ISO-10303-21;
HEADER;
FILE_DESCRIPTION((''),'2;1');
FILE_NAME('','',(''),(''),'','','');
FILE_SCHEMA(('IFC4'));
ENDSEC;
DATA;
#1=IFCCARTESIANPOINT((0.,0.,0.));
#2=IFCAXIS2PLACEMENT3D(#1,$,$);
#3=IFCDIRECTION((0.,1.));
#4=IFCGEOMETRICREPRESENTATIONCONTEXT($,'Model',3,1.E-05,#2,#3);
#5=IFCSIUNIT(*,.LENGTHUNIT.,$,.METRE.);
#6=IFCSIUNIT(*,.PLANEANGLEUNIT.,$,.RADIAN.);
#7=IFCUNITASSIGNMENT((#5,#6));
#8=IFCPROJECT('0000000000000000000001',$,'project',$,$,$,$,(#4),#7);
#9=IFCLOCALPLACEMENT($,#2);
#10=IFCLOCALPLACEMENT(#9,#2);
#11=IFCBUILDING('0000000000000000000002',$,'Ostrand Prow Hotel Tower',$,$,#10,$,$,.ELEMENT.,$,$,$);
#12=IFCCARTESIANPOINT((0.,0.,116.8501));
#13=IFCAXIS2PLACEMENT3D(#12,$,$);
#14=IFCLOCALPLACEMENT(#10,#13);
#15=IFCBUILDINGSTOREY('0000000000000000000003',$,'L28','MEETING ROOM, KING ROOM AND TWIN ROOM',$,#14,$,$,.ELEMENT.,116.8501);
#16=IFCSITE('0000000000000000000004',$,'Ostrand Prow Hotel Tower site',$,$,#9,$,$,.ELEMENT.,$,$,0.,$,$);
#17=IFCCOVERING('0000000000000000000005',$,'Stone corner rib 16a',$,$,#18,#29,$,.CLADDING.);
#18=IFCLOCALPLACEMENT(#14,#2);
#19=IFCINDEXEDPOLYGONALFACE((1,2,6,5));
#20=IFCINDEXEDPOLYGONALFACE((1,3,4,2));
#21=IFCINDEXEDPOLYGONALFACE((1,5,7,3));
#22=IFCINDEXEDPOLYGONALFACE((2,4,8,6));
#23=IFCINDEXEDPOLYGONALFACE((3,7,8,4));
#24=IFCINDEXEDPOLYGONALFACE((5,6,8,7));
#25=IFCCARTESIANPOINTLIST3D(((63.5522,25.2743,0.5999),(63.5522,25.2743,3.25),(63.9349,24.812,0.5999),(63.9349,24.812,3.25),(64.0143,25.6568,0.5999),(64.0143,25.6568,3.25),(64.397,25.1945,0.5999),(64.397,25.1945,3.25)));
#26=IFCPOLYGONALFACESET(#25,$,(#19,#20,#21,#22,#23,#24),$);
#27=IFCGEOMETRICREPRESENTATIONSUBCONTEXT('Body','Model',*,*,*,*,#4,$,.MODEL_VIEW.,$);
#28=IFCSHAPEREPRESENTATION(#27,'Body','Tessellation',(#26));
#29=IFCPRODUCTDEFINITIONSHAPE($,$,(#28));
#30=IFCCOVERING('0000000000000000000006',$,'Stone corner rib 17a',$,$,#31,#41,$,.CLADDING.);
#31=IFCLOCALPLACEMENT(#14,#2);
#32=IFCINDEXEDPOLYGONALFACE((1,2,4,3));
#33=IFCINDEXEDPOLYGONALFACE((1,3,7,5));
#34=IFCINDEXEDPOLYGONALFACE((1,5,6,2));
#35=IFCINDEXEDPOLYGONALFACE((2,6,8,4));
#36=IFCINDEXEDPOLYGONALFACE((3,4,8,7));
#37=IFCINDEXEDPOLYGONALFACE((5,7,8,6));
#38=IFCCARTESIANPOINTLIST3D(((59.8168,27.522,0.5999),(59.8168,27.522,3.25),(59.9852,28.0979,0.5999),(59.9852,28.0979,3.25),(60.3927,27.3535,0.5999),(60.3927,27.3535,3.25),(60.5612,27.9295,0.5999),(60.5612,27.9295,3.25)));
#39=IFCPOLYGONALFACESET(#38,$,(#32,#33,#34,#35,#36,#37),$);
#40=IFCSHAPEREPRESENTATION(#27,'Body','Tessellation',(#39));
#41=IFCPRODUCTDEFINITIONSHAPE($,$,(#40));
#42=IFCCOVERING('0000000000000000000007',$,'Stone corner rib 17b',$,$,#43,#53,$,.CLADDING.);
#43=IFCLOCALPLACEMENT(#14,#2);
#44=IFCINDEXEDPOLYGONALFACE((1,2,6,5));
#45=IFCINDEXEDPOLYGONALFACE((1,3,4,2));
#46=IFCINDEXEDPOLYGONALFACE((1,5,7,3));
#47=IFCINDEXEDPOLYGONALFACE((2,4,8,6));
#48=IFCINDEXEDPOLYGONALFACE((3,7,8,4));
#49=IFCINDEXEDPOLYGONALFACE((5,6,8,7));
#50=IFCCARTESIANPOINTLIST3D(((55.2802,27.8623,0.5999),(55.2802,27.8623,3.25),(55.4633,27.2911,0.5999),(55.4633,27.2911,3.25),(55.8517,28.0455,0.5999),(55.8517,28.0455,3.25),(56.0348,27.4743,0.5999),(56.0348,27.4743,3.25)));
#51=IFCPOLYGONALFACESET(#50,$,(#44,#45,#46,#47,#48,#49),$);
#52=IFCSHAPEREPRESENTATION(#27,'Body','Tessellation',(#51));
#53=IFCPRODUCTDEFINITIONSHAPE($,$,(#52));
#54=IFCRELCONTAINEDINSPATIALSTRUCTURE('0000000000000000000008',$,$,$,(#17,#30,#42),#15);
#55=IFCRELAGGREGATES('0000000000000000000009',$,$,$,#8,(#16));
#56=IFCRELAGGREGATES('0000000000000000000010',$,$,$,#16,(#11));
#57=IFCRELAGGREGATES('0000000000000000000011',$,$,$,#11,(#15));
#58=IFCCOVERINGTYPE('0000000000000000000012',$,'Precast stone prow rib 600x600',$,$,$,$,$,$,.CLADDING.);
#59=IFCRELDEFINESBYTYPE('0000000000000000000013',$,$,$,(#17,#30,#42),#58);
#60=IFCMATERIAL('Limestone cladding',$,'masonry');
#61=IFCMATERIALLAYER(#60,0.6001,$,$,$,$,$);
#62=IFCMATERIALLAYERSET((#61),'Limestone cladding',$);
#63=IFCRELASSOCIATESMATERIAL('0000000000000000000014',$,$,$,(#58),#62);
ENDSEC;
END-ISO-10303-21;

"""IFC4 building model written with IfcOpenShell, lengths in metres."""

from ifc_helpers import new_model, si_unit, direction, frame, frame_2d, origin, place, context, subcontext, project, spatial, rectangle, extrude, material, layer, layer_set, type_object, element, save


model = new_model("IFC4")

# Units and contexts
model_context = context("Model", 3, precision=1e-05, world=origin(), true_north=direction((0.0, 1.0)))
body_context = subcontext(model_context, "Body", "Model", "MODEL_VIEW")
ifc_project = project(units=[si_unit("LENGTHUNIT", "METRE"), si_unit("PLANEANGLEUNIT", "RADIAN")], contexts=[model_context])

# Site, building, storey
site_placement = place(None, origin())
site = spatial("IfcSite", under=ifc_project, at=site_placement, Name="Ostrand Prow Hotel Tower site", CompositionType="ELEMENT", RefElevation=0.0)
building_placement = place(site_placement, origin())
building = spatial("IfcBuilding", under=site, at=building_placement, Name="Ostrand Prow Hotel Tower", CompositionType="ELEMENT")
storey_placement = place(building_placement, frame((0.0, 0.0, 116.8501)))
storey = spatial("IfcBuildingStorey", under=building, at=storey_placement, Name="L28", Description="MEETING ROOM, KING ROOM AND TWIN ROOM", CompositionType="ELEMENT", Elevation=116.8501)

# Coverings
ifc_material_1 = material(Name="Limestone cladding", Category="masonry")
ifc_layer_1 = layer(ifc_material_1, 0.6001)
ifc_layer_set_1 = layer_set([ifc_layer_1], Name="Limestone cladding")
covering_type = type_object("IfcCoveringType", Name="Precast stone prow rib 600x600", PredefinedType="CLADDING", material=ifc_layer_set_1)
for number, where, z_axis, x_axis, name in (
    (1, (63.7437, 25.0432, 0.5999), (0.0, 0.0, 1.0), (0.770319, 0.637659, 0.0), "Stone corner rib 16a"),
):
    element("IfcCovering", number, at=place(storey_placement, frame(where, z_axis=z_axis, x_axis=x_axis)), inside=storey, type_object=covering_type, Name=name, PredefinedType="CLADDING", context=body_context, shape_type="SweptSolid", body=[
        extrude(rectangle(XDim=0.5999, YDim=0.6001, at=frame_2d((0.2998, 0.0))), origin(), (0.0, 0.0, 1.0), 2.6501),
    ])
covering_1_placement = place(storey_placement, frame((60.1047, 27.4377, 0.5999), z_axis=(0.0, 0.0, 1.0), x_axis=(0.280734, 0.959786, 0.0)))
element("IfcCovering", 2, at=covering_1_placement, inside=storey, type_object=covering_type, Name="Stone corner rib 17a", PredefinedType="CLADDING", context=body_context, shape_type="SweptSolid", body=[
    extrude(rectangle(XDim=0.6001, YDim=0.6001, at=frame_2d((0.3, 0.0))), origin(), (0.0, 0.0, 1.0), 2.6501),
])
covering_2_placement = place(storey_placement, frame((55.749, 27.3828, 0.5999), z_axis=(0.0, 0.0, 1.0), x_axis=(-0.305219, 0.952282, 0.0)))
element("IfcCovering", 3, at=covering_2_placement, inside=storey, type_object=covering_type, Name="Stone corner rib 17b", PredefinedType="CLADDING", context=body_context, shape_type="SweptSolid", body=[
    extrude(rectangle(XDim=0.5999, YDim=0.6001, at=frame_2d((0.2998, 0.0))), origin(), (0.0, 0.0, 1.0), 2.6501),
])

save(model, "model.ifc")
